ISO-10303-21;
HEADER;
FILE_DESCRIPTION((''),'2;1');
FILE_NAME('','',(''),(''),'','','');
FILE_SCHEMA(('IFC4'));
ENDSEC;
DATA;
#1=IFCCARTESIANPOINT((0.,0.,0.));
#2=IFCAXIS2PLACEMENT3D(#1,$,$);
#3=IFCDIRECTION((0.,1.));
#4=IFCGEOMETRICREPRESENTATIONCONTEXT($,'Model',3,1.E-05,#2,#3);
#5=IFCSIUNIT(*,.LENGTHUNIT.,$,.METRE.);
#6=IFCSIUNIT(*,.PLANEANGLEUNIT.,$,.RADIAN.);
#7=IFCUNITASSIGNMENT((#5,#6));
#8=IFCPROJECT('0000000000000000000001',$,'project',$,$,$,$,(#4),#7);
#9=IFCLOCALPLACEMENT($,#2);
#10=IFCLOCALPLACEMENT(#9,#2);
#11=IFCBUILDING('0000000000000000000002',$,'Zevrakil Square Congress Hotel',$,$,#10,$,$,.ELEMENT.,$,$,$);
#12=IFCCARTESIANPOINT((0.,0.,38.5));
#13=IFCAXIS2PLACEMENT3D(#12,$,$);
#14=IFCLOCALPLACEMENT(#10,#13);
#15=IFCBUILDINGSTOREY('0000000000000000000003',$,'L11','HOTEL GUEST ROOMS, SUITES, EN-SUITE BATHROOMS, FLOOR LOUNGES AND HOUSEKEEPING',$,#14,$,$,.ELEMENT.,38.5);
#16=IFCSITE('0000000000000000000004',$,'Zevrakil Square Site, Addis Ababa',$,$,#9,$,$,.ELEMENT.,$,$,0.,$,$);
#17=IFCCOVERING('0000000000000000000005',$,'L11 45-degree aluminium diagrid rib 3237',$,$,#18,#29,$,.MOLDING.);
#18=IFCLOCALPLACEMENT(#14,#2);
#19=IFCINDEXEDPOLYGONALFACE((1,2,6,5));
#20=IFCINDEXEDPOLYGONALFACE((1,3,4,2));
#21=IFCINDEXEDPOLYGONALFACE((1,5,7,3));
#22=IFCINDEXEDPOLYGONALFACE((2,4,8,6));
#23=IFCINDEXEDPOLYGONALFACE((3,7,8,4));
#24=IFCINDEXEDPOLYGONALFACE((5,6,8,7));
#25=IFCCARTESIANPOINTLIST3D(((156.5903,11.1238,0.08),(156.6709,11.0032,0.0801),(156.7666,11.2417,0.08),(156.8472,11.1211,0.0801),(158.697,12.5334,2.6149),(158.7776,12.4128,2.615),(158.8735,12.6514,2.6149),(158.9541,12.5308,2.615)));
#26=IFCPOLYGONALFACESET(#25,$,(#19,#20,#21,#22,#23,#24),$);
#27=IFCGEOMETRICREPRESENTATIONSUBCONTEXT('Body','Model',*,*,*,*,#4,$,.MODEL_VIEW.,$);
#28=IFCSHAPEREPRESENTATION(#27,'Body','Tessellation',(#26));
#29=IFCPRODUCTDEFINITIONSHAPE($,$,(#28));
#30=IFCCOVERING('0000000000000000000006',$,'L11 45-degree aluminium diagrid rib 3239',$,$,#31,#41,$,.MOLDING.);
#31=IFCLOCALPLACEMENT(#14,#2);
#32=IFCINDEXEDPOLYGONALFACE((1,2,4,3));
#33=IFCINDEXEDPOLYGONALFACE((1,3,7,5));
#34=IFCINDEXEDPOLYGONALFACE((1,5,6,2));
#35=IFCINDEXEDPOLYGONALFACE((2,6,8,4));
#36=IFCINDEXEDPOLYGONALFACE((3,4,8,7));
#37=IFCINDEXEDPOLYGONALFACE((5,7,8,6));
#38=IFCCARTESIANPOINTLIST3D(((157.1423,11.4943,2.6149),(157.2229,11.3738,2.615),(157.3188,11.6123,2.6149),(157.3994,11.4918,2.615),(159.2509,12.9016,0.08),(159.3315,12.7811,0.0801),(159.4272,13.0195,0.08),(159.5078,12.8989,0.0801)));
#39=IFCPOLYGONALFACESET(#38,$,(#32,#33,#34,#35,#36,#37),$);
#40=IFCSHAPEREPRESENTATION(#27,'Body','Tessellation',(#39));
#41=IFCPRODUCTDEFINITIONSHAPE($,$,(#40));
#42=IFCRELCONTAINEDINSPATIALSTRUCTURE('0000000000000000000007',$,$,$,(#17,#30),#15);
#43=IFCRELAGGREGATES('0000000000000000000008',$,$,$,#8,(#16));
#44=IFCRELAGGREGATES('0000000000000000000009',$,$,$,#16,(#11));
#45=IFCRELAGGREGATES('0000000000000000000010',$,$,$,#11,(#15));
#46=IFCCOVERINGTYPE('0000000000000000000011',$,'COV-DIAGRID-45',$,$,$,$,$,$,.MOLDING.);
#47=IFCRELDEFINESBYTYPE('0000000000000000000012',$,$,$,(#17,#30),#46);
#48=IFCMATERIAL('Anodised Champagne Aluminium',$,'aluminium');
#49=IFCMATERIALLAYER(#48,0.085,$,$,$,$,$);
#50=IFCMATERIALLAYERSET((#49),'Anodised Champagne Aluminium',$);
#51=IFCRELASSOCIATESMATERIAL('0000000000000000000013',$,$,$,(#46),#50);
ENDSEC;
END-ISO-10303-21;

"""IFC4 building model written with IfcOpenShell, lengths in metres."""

from ifc_helpers import new_model, si_unit, direction, frame, origin, place, context, subcontext, project, spatial, polyline, outline, extrude, material, layer, layer_set, type_object, element, save


model = new_model("IFC4")

# Units and contexts
model_context = context("Model", 3, precision=1e-05, world=origin(), true_north=direction((0.0, 1.0)))
body_context = subcontext(model_context, "Body", "Model", "MODEL_VIEW")
ifc_project = project(units=[si_unit("LENGTHUNIT", "METRE"), si_unit("PLANEANGLEUNIT", "RADIAN")], contexts=[model_context])

# Site, building, storey
site_placement = place(None, origin())
site = spatial("IfcSite", under=ifc_project, at=site_placement, Name="Zevrakil Square Site, Addis Ababa", CompositionType="ELEMENT", RefElevation=0.0)
building_placement = place(site_placement, origin())
building = spatial("IfcBuilding", under=site, at=building_placement, Name="Zevrakil Square Congress Hotel", CompositionType="ELEMENT")
storey_placement = place(building_placement, frame((0.0, 0.0, 38.5)))
storey = spatial("IfcBuildingStorey", under=building, at=storey_placement, Name="L11", Description="HOTEL GUEST ROOMS, SUITES, EN-SUITE BATHROOMS, FLOOR LOUNGES AND HOUSEKEEPING", CompositionType="ELEMENT", Elevation=38.5)

# Coverings
ifc_material_1 = material(Name="Anodised Champagne Aluminium", Category="aluminium")
ifc_layer_1 = layer(ifc_material_1, 0.085)
ifc_layer_set_1 = layer_set([ifc_layer_1], Name="Anodised Champagne Aluminium")
covering_type_1 = type_object("IfcCoveringType", Name="COV-DIAGRID-45", PredefinedType="MOLDING", material=ifc_layer_set_1)
covering_1_placement = place(storey_placement, frame((156.8472, 11.1211, 0.0801), z_axis=(0.555762, -0.831341, 0.000406), x_axis=(-0.831342, -0.555762, 0.0)))
element("IfcCovering", 1, at=covering_1_placement, inside=storey, type_object=covering_type_1, Name="L11 45-degree aluminium diagrid rib 3237", PredefinedType="MOLDING", context=body_context, shape_type="SweptSolid", body=[
    extrude(outline(polyline([(0.0, 0.0), (0.2121, 0.0), (-2.3227, -2.5349), (-2.535, -2.5349), (0.0, 0.0)])), origin(), (0.0, 0.0, -1.0), 0.145),
])
covering_2_placement = place(storey_placement, frame((157.2229, 11.3738, 2.615), z_axis=(0.555762, -0.831341, 0.000769), x_axis=(0.831342, 0.555762, 0.0)))
element("IfcCovering", 2, at=covering_2_placement, inside=storey, type_object=covering_type_1, Name="L11 45-degree aluminium diagrid rib 3239", PredefinedType="MOLDING", context=body_context, shape_type="SweptSolid", body=[
    extrude(outline(polyline([(0.0, 0.0), (0.2123, 0.0), (2.7472, -2.5349), (2.5351, -2.5349), (0.0, 0.0)])), origin(), (0.0, 0.0, -1.0), 0.145),
])

save(model, "model.ifc")
